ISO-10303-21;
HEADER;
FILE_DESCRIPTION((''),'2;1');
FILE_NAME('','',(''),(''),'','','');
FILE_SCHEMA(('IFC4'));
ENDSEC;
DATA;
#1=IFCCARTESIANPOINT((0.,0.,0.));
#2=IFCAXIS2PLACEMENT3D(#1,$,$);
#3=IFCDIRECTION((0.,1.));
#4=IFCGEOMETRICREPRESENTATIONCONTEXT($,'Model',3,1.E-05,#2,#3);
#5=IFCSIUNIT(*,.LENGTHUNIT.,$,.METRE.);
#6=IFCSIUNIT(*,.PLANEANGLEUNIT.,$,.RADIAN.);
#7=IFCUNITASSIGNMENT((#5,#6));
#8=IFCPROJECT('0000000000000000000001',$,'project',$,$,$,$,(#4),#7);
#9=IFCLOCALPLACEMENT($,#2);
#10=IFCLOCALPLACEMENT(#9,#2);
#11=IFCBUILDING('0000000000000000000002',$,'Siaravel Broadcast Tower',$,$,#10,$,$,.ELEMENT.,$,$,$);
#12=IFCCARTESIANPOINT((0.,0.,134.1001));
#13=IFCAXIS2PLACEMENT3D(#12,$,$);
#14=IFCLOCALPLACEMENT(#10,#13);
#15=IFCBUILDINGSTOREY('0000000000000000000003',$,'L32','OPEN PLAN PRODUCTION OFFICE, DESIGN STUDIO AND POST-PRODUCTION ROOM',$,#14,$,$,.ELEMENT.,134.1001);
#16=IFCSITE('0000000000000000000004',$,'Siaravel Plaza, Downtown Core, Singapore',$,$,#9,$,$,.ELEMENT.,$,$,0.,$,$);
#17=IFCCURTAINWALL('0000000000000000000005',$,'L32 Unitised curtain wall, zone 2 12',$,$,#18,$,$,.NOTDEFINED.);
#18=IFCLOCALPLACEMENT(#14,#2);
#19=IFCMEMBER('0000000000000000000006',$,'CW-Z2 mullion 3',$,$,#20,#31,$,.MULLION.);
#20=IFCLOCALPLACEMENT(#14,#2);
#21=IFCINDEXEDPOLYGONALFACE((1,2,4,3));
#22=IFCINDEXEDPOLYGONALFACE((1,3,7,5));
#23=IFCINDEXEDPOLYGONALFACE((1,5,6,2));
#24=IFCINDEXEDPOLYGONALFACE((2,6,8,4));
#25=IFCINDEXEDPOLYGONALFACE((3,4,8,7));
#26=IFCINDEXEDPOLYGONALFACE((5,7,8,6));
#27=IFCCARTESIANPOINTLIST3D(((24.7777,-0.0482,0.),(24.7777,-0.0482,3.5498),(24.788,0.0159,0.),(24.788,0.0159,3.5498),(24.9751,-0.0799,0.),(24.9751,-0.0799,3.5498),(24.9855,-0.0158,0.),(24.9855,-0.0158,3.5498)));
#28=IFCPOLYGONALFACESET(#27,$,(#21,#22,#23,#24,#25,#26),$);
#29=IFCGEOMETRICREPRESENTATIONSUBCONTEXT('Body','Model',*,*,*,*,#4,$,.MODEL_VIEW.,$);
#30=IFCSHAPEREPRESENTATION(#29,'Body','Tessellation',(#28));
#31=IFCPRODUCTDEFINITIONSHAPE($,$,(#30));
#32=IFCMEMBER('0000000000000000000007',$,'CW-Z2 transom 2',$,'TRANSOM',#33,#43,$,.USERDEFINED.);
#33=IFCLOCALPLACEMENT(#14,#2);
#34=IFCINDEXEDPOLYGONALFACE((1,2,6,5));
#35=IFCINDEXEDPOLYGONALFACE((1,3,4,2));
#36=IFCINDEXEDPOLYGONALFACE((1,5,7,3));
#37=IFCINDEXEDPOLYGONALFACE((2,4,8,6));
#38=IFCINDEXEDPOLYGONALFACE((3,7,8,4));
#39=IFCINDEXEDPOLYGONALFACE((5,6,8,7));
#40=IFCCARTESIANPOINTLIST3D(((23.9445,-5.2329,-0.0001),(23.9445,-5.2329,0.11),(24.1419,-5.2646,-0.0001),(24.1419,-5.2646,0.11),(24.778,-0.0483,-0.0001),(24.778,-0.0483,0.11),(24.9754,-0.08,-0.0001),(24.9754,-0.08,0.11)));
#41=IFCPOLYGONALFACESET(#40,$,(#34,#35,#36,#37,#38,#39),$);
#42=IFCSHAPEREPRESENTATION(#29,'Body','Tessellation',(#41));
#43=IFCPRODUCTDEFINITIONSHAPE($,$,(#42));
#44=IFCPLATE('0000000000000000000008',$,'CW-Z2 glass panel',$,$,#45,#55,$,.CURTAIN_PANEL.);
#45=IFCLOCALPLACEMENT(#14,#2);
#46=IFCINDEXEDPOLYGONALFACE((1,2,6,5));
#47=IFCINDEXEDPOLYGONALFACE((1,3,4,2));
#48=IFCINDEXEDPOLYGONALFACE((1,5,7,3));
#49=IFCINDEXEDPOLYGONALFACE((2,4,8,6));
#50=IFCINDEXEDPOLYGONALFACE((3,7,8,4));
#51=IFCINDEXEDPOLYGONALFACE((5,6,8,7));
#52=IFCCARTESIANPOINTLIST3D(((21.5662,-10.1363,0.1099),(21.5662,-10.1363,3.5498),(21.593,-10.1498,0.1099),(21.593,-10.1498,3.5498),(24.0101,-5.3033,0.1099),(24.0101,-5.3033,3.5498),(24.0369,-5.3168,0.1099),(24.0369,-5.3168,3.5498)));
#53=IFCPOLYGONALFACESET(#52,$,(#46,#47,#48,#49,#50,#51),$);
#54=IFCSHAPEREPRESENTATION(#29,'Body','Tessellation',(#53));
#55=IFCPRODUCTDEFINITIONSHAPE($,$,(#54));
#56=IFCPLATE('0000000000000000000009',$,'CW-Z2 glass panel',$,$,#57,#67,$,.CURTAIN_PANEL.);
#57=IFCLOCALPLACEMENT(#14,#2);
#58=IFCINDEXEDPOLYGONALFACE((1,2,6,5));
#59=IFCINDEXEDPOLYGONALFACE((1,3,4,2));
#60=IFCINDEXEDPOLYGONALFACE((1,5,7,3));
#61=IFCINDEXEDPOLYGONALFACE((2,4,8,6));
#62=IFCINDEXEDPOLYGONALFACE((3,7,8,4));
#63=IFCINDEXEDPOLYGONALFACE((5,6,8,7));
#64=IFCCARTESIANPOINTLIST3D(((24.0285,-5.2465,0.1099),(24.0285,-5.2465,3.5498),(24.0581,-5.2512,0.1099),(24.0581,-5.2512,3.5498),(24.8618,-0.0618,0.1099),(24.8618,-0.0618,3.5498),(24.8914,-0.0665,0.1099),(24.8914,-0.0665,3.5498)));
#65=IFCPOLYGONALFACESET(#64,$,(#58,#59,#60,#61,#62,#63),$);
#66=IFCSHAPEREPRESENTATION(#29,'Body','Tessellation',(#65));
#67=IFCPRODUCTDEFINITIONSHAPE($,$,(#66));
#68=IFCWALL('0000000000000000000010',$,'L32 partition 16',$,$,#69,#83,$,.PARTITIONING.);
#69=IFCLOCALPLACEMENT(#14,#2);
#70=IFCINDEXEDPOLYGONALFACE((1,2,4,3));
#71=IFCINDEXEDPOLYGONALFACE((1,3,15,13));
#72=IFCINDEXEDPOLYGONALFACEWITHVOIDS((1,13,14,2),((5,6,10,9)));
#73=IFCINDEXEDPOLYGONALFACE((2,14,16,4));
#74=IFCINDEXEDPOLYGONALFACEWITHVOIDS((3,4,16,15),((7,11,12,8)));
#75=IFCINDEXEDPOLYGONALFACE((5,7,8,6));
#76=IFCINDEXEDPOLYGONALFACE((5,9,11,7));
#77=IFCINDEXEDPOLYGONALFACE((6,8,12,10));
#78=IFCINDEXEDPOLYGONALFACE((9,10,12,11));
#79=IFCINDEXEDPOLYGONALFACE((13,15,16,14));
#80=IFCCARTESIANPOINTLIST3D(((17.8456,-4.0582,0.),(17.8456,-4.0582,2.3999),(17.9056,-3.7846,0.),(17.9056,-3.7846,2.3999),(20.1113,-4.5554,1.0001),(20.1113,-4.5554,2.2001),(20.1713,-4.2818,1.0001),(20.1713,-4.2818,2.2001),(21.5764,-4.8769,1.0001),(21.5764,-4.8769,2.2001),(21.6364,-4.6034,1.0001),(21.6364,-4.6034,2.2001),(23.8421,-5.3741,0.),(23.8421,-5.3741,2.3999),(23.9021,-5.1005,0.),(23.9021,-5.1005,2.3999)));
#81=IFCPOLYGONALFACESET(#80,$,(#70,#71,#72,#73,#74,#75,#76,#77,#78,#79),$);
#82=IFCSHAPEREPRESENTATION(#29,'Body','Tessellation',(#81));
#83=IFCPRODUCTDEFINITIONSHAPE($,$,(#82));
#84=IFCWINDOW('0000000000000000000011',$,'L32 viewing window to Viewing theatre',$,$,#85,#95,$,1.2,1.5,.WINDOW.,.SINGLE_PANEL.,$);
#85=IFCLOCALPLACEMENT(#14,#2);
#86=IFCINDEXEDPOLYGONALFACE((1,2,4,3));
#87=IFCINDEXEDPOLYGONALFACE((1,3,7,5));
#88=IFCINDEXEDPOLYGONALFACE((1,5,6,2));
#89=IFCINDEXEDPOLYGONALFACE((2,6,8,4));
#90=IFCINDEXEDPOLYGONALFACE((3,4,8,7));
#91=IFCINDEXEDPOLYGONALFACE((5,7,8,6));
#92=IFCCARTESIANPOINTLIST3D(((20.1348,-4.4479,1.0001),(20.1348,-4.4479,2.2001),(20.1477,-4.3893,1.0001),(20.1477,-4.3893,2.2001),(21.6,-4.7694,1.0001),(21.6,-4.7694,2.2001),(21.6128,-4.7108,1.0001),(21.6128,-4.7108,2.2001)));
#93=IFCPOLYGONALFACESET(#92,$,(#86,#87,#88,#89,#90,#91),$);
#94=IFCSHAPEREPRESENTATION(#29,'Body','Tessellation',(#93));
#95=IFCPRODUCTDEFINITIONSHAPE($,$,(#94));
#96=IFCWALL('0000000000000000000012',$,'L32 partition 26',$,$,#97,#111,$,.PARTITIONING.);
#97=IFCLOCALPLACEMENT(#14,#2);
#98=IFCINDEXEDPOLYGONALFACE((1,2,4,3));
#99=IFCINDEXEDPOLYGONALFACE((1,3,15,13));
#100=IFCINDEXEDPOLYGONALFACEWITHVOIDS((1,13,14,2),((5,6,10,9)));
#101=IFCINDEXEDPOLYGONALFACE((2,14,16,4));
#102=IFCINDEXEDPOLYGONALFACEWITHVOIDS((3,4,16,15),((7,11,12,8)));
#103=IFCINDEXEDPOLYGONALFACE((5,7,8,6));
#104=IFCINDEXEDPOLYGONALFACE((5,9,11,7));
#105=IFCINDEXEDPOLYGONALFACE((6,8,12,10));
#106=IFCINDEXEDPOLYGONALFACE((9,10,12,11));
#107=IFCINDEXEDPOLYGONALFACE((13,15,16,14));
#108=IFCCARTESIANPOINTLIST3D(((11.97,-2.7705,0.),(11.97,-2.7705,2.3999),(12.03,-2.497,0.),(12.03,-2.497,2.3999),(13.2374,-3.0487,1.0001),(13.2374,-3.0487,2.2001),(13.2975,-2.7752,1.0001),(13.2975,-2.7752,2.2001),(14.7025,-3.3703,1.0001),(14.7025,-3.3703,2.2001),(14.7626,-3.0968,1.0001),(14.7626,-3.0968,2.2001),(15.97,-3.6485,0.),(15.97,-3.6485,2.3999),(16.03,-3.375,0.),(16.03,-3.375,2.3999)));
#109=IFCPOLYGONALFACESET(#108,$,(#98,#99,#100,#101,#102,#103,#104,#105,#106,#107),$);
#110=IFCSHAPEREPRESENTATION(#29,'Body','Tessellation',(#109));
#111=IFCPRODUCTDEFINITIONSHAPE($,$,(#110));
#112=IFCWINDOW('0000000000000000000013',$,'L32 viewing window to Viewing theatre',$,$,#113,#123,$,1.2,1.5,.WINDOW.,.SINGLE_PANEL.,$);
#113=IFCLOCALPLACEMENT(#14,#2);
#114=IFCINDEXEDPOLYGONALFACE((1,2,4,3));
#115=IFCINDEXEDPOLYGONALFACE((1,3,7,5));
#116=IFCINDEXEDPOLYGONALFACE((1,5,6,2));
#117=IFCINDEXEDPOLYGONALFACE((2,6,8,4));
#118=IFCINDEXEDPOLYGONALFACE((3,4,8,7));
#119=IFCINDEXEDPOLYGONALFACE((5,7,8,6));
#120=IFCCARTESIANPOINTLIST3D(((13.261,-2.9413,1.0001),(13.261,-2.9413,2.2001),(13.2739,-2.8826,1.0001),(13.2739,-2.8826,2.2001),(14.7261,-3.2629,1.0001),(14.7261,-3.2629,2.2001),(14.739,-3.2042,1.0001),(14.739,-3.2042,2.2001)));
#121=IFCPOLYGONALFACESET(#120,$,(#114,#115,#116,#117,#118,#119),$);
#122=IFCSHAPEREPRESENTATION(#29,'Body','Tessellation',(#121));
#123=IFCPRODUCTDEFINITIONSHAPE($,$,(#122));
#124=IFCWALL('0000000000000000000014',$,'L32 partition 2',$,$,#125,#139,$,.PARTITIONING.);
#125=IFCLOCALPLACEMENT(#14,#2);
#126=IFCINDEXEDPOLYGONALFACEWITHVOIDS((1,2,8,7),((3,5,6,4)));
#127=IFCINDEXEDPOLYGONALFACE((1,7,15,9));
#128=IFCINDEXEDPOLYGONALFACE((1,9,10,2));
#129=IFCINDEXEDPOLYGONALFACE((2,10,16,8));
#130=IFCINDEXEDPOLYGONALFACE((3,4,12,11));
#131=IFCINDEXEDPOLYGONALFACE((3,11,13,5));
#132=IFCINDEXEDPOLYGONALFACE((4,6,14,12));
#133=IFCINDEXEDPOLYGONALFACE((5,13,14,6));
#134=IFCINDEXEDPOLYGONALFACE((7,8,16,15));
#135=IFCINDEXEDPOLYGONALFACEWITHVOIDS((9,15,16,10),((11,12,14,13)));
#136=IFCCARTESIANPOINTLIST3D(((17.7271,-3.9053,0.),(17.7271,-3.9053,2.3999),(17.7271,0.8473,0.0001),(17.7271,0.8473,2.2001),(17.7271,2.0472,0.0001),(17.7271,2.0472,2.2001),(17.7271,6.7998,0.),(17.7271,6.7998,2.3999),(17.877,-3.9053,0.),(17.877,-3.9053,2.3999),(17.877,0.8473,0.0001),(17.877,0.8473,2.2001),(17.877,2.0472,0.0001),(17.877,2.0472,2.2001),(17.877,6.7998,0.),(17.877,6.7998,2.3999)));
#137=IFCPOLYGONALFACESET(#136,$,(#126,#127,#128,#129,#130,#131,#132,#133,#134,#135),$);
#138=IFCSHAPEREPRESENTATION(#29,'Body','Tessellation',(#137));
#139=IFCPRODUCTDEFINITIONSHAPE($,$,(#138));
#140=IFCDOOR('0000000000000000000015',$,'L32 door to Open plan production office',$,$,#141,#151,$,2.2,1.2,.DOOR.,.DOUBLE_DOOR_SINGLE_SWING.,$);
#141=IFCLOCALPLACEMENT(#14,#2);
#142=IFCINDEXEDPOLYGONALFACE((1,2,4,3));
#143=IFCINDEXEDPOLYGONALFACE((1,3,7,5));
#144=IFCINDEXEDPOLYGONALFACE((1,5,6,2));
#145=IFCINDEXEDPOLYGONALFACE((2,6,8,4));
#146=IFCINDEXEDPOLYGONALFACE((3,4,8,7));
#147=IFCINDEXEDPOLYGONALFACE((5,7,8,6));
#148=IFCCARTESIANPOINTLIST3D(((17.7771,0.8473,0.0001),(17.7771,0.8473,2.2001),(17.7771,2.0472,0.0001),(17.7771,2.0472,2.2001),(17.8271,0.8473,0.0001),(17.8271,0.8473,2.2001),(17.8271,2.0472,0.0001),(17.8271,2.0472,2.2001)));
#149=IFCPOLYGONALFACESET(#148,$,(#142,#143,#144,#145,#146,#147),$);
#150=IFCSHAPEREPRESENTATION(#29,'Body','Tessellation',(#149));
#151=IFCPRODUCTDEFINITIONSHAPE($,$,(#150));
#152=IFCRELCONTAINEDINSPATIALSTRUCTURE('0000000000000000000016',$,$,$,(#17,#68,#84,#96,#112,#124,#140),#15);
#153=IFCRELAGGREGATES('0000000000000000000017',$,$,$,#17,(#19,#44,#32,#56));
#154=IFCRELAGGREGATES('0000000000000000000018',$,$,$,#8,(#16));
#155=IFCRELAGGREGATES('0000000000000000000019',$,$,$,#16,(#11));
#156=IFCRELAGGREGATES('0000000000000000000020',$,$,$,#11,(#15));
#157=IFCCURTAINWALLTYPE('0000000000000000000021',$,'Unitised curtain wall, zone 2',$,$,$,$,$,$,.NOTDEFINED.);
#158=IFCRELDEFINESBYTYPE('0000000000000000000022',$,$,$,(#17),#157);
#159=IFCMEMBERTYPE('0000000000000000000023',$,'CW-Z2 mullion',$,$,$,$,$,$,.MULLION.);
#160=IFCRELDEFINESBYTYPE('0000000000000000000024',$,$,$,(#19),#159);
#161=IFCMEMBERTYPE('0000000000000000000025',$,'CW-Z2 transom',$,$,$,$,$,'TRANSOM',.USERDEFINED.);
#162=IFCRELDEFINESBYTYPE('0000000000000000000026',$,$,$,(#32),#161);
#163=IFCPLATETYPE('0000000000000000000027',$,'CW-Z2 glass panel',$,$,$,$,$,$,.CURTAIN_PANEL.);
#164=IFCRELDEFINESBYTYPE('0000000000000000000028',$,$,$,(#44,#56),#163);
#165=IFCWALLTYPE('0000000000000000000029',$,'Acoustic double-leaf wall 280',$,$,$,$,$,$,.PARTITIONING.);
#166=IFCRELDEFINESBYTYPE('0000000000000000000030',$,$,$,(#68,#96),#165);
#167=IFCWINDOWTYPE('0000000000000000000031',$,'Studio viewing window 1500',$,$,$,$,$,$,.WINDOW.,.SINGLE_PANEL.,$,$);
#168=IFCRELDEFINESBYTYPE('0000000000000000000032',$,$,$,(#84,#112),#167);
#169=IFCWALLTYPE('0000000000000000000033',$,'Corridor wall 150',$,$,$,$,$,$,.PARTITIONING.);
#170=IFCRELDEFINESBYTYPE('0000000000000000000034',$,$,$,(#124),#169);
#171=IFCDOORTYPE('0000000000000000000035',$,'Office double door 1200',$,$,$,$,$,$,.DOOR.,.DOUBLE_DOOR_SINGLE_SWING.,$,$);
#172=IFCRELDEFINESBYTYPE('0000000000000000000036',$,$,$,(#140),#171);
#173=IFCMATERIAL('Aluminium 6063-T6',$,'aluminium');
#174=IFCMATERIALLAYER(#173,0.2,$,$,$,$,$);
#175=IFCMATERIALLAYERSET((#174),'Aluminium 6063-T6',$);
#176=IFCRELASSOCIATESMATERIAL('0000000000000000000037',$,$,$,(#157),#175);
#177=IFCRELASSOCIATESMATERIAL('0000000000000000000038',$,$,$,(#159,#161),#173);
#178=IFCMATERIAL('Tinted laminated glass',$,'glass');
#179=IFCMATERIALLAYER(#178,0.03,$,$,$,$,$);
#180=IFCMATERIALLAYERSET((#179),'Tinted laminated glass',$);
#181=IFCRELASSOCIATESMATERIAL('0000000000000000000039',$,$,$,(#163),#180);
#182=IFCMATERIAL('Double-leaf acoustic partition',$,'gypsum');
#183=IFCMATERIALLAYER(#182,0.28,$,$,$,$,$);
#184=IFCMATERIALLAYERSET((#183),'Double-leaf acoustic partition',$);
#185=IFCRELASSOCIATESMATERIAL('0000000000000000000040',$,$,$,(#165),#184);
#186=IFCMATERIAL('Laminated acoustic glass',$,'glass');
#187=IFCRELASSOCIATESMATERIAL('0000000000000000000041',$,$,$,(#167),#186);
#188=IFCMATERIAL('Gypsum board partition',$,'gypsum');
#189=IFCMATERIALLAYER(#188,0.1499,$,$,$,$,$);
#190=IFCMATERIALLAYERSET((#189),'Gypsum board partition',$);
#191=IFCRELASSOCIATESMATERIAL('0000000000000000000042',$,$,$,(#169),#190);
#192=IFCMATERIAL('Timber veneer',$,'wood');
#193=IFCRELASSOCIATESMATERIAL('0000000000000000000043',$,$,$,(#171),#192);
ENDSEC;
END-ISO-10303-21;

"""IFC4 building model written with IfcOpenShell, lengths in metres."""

from ifc_helpers import new_model, si_unit, direction, frame, frame_2d, origin, origin_2d, place, context, subcontext, project, spatial, rectangle, extrude, material, layer, layer_set, material_profile, profile_set, type_object, element, fill, aggregate, save


model = new_model("IFC4")

# Units and contexts
model_context = context("Model", 3, precision=1e-05, world=origin(), true_north=direction((0.0, 1.0)))
body_context = subcontext(model_context, "Body", "Model", "MODEL_VIEW")
ifc_project = project(units=[si_unit("LENGTHUNIT", "METRE"), si_unit("PLANEANGLEUNIT", "RADIAN")], contexts=[model_context])

# Site, building, storey
site_placement = place(None, origin())
site = spatial("IfcSite", under=ifc_project, at=site_placement, Name="Siaravel Plaza, Downtown Core, Singapore", CompositionType="ELEMENT", RefElevation=0.0)
building_placement = place(site_placement, origin())
building = spatial("IfcBuilding", under=site, at=building_placement, Name="Siaravel Broadcast Tower", CompositionType="ELEMENT")
storey_placement = place(building_placement, frame((0.0, 0.0, 134.1001)))
storey = spatial("IfcBuildingStorey", under=building, at=storey_placement, Name="L32", Description="OPEN PLAN PRODUCTION OFFICE, DESIGN STUDIO AND POST-PRODUCTION ROOM", CompositionType="ELEMENT", Elevation=134.1001)

# Curtain wall, members, plates
ifc_material_1 = material(Name="Aluminium 6063-T6", Category="aluminium")
ifc_layer_1 = layer(ifc_material_1, 0.2)
ifc_layer_set_1 = layer_set([ifc_layer_1], Name="Aluminium 6063-T6")
curtain_wall_type = type_object("IfcCurtainWallType", Name="Unitised curtain wall, zone 2", PredefinedType="NOTDEFINED", material=ifc_layer_set_1)
curtain_wall_placement = place(storey_placement, origin())
curtain_wall = element("IfcCurtainWall", 1, at=curtain_wall_placement, inside=storey, type_object=curtain_wall_type, Name="L32 Unitised curtain wall, zone 2 12", PredefinedType="NOTDEFINED")
ifc_material_profile_1 = material_profile(ifc_material_1, rectangle(XDim=0.2, YDim=0.0649, at=origin_2d()))
ifc_profile_set_1 = profile_set([ifc_material_profile_1], Name="Aluminium 6063-T6")
member_type_1 = type_object("IfcMemberType", Name="CW-Z2 mullion", PredefinedType="MULLION", material=ifc_profile_set_1)
member_1_placement = place(storey_placement, frame((24.8816, -0.032, 0.0), z_axis=(0.0, 0.0, 1.0), x_axis=(-0.987329, 0.158685, 0.0)))
member_1 = element("IfcMember", 2, at=member_1_placement, type_object=member_type_1, Name="CW-Z2 mullion 3", PredefinedType="MULLION", context=body_context, shape_type="SweptSolid", body=[
    extrude(rectangle(XDim=0.2, YDim=0.0649, at=origin_2d()), origin(), (0.0, 0.0, 1.0), 3.5498),
])
ifc_material_profile_2 = material_profile(ifc_material_1, rectangle(XDim=0.2, YDim=0.1101, at=origin_2d()))
ifc_profile_set_2 = profile_set([ifc_material_profile_2], Name="Aluminium 6063-T6")
member_type_2 = type_object("IfcMemberType", Name="CW-Z2 transom", ElementType="TRANSOM", PredefinedType="USERDEFINED", material=ifc_profile_set_2)
member_2_placement = place(storey_placement, frame((24.0432, -5.2488, 0.0549), z_axis=(0.158727, 0.987323, 0.0), x_axis=(-0.987323, 0.158727, 0.0)))
member_2 = element("IfcMember", 3, at=member_2_placement, type_object=member_type_2, Name="CW-Z2 transom 2", ObjectType="TRANSOM", PredefinedType="USERDEFINED", context=body_context, shape_type="SweptSolid", body=[
    extrude(rectangle(XDim=0.2, YDim=0.1101, at=origin_2d()), origin(), (0.0, 0.0, 1.0), 5.2512),
])
ifc_material_2 = material(Name="Tinted laminated glass", Category="glass")
ifc_layer_2 = layer(ifc_material_2, 0.03)
ifc_layer_set_2 = layer_set([ifc_layer_2], Name="Tinted laminated glass")
plate_type = type_object("IfcPlateType", Name="CW-Z2 glass panel", PredefinedType="CURTAIN_PANEL", material=ifc_layer_set_2)
plate_1_placement = place(storey_placement, frame((22.8015, -7.7266, 0.1099), z_axis=(0.0, 0.0, 1.0), x_axis=(0.451259, 0.892393, 0.0)))
plate_1 = element("IfcPlate", 4, at=plate_1_placement, type_object=plate_type, Name="CW-Z2 glass panel", PredefinedType="CURTAIN_PANEL", context=body_context, shape_type="SweptSolid", body=[
    extrude(rectangle(XDim=5.4158, YDim=0.03, at=origin_2d()), origin(), (0.0, 0.0, 1.0), 3.4399),
])
plate_2_placement = place(storey_placement, frame((24.46, -2.6565, 0.1099), z_axis=(0.0, 0.0, 1.0), x_axis=(0.158685, 0.987329, 0.0)))
plate_2 = element("IfcPlate", 5, at=plate_2_placement, type_object=plate_type, Name="CW-Z2 glass panel", PredefinedType="CURTAIN_PANEL", context=body_context, shape_type="SweptSolid", body=[
    extrude(rectangle(XDim=5.2512, YDim=0.03, at=origin_2d()), origin(), (0.0, 0.0, 1.0), 3.4399),
])
aggregate(curtain_wall, [member_1, plate_1, member_2, plate_2])

# Walls, openings, windows
ifc_material_3 = material(Name="Double-leaf acoustic partition", Category="gypsum")
ifc_layer_3 = layer(ifc_material_3, 0.28)
ifc_layer_set_3 = layer_set([ifc_layer_3], Name="Double-leaf acoustic partition")
wall_type_1 = type_object("IfcWallType", Name="Acoustic double-leaf wall 280", PredefinedType="PARTITIONING", material=ifc_layer_set_3)
wall_1_placement = place(storey_placement, frame((23.8721, -5.2373, 0.0), z_axis=(0.0, 0.0, 1.0), x_axis=(-0.976758, 0.214344, 0.0)))
wall_1 = element("IfcWall", 6, at=wall_1_placement, inside=storey, type_object=wall_type_1, Name="L32 partition 16", PredefinedType="PARTITIONING", context=body_context, shape_type="SweptSolid", body=[
    extrude(rectangle(XDim=6.1392, YDim=0.28, at=frame_2d((3.0696, 0.0))), origin(), (0.0, 0.0, 1.0), 2.3999),
])
opening_1_placement = place(wall_1_placement, frame((2.3196, 0.0, 1.0)))
opening_1 = element("IfcOpeningElement", 7, at=opening_1_placement, cuts=wall_1, PredefinedType="OPENING", context=body_context, shape_type="SweptSolid", body=[
    extrude(rectangle(XDim=1.5, YDim=1.2, at=frame_2d((0.75, 0.6001))), frame((0.0, 0.1499, 0.0), z_axis=(0.0, -1.0, 0.0), x_axis=(1.0, 0.0, 0.0)), (0.0, 0.0, 1.0), 0.3),
])
ifc_material_4 = material(Name="Laminated acoustic glass", Category="glass")
window_type = type_object("IfcWindowType", Name="Studio viewing window 1500", PartitioningType="SINGLE_PANEL", PredefinedType="WINDOW", material=ifc_material_4)
window_1_placement = place(opening_1_placement, origin())
window_1 = element("IfcWindow", 8, at=window_1_placement, inside=storey, type_object=window_type, Name="L32 viewing window to Viewing theatre", OverallHeight=1.2, OverallWidth=1.5, PartitioningType="SINGLE_PANEL", PredefinedType="WINDOW", context=body_context, shape_type="SweptSolid", body=[
    extrude(rectangle(XDim=1.5, YDim=1.2, at=frame_2d((0.75, 0.6001))), frame((0.0, 0.03, 0.0), z_axis=(0.0, -1.0, 0.0), x_axis=(1.0, 0.0, 0.0)), (0.0, 0.0, 1.0), 0.0601),
])
fill(opening_1, window_1)
wall_2_placement = place(storey_placement, frame((16.0, -3.5117, 0.0), z_axis=(0.0, 0.0, 1.0), x_axis=(-0.97675, 0.21438, 0.0)))
wall_2 = element("IfcWall", 9, at=wall_2_placement, inside=storey, type_object=wall_type_1, Name="L32 partition 26", PredefinedType="PARTITIONING", context=body_context, shape_type="SweptSolid", body=[
    extrude(rectangle(XDim=4.0952, YDim=0.28, at=frame_2d((2.0476, 0.0))), origin(), (0.0, 0.0, 1.0), 2.3999),
])
opening_2_placement = place(wall_2_placement, frame((1.2976, 0.0, 1.0)))
opening_2 = element("IfcOpeningElement", 10, at=opening_2_placement, cuts=wall_2, PredefinedType="OPENING", context=body_context, shape_type="SweptSolid", body=[
    extrude(rectangle(XDim=1.5, YDim=1.2, at=frame_2d((0.75, 0.6001))), frame((0.0, 0.1499, 0.0), z_axis=(0.0, -1.0, 0.0), x_axis=(1.0, 0.0, 0.0)), (0.0, 0.0, 1.0), 0.3),
])
window_2_placement = place(opening_2_placement, origin())
window_2 = element("IfcWindow", 11, at=window_2_placement, inside=storey, type_object=window_type, Name="L32 viewing window to Viewing theatre", OverallHeight=1.2, OverallWidth=1.5, PartitioningType="SINGLE_PANEL", PredefinedType="WINDOW", context=body_context, shape_type="SweptSolid", body=[
    extrude(rectangle(XDim=1.5, YDim=1.2, at=frame_2d((0.75, 0.6001))), frame((0.0, 0.03, 0.0), z_axis=(0.0, -1.0, 0.0), x_axis=(1.0, 0.0, 0.0)), (0.0, 0.0, 1.0), 0.0601),
])
fill(opening_2, window_2)

# Wall, opening, door
ifc_material_5 = material(Name="Gypsum board partition", Category="gypsum")
ifc_layer_4 = layer(ifc_material_5, 0.1499)
ifc_layer_set_4 = layer_set([ifc_layer_4], Name="Gypsum board partition")
wall_type_2 = type_object("IfcWallType", Name="Corridor wall 150", PredefinedType="PARTITIONING", material=ifc_layer_set_4)
wall_3_placement = place(storey_placement, frame((17.802, -3.9053, 0.0), z_axis=(0.0, 0.0, 1.0), x_axis=(0.0, 1.0, 0.0)))
wall_3 = element("IfcWall", 12, at=wall_3_placement, inside=storey, type_object=wall_type_2, Name="L32 partition 2", PredefinedType="PARTITIONING", context=body_context, shape_type="SweptSolid", body=[
    extrude(rectangle(XDim=10.7051, YDim=0.1499, at=frame_2d((5.3525, 0.0))), origin(), (0.0, 0.0, 1.0), 2.3999),
])
opening_3_placement = place(wall_3_placement, frame((4.7524, 0.0, 0.0)))
opening_3 = element("IfcOpeningElement", 13, at=opening_3_placement, cuts=wall_3, PredefinedType="OPENING", context=body_context, shape_type="SweptSolid", body=[
    extrude(rectangle(XDim=1.2, YDim=2.2, at=frame_2d((0.6001, 1.1001))), frame((0.0, 0.085, 0.0), z_axis=(0.0, -1.0, 0.0), x_axis=(1.0, 0.0, 0.0)), (0.0, 0.0, 1.0), 0.1699),
])
ifc_material_6 = material(Name="Timber veneer", Category="wood")
door_type_1 = type_object("IfcDoorType", Name="Office double door 1200", OperationType="DOUBLE_DOOR_SINGLE_SWING", PredefinedType="DOOR", material=ifc_material_6)
door_1_placement = place(opening_3_placement, origin())
door_1 = element("IfcDoor", 14, at=door_1_placement, inside=storey, type_object=door_type_1, Name="L32 door to Open plan production office", OperationType="DOUBLE_DOOR_SINGLE_SWING", OverallHeight=2.2, OverallWidth=1.2, PredefinedType="DOOR", context=body_context, shape_type="SweptSolid", body=[
    extrude(rectangle(XDim=1.2, YDim=2.2, at=frame_2d((0.6001, 1.1001))), frame((0.0, 0.0249, 0.0), z_axis=(0.0, -1.0, 0.0), x_axis=(1.0, 0.0, 0.0)), (0.0, 0.0, 1.0), 0.05),
])
fill(opening_3, door_1)

save(model, "model.ifc")
